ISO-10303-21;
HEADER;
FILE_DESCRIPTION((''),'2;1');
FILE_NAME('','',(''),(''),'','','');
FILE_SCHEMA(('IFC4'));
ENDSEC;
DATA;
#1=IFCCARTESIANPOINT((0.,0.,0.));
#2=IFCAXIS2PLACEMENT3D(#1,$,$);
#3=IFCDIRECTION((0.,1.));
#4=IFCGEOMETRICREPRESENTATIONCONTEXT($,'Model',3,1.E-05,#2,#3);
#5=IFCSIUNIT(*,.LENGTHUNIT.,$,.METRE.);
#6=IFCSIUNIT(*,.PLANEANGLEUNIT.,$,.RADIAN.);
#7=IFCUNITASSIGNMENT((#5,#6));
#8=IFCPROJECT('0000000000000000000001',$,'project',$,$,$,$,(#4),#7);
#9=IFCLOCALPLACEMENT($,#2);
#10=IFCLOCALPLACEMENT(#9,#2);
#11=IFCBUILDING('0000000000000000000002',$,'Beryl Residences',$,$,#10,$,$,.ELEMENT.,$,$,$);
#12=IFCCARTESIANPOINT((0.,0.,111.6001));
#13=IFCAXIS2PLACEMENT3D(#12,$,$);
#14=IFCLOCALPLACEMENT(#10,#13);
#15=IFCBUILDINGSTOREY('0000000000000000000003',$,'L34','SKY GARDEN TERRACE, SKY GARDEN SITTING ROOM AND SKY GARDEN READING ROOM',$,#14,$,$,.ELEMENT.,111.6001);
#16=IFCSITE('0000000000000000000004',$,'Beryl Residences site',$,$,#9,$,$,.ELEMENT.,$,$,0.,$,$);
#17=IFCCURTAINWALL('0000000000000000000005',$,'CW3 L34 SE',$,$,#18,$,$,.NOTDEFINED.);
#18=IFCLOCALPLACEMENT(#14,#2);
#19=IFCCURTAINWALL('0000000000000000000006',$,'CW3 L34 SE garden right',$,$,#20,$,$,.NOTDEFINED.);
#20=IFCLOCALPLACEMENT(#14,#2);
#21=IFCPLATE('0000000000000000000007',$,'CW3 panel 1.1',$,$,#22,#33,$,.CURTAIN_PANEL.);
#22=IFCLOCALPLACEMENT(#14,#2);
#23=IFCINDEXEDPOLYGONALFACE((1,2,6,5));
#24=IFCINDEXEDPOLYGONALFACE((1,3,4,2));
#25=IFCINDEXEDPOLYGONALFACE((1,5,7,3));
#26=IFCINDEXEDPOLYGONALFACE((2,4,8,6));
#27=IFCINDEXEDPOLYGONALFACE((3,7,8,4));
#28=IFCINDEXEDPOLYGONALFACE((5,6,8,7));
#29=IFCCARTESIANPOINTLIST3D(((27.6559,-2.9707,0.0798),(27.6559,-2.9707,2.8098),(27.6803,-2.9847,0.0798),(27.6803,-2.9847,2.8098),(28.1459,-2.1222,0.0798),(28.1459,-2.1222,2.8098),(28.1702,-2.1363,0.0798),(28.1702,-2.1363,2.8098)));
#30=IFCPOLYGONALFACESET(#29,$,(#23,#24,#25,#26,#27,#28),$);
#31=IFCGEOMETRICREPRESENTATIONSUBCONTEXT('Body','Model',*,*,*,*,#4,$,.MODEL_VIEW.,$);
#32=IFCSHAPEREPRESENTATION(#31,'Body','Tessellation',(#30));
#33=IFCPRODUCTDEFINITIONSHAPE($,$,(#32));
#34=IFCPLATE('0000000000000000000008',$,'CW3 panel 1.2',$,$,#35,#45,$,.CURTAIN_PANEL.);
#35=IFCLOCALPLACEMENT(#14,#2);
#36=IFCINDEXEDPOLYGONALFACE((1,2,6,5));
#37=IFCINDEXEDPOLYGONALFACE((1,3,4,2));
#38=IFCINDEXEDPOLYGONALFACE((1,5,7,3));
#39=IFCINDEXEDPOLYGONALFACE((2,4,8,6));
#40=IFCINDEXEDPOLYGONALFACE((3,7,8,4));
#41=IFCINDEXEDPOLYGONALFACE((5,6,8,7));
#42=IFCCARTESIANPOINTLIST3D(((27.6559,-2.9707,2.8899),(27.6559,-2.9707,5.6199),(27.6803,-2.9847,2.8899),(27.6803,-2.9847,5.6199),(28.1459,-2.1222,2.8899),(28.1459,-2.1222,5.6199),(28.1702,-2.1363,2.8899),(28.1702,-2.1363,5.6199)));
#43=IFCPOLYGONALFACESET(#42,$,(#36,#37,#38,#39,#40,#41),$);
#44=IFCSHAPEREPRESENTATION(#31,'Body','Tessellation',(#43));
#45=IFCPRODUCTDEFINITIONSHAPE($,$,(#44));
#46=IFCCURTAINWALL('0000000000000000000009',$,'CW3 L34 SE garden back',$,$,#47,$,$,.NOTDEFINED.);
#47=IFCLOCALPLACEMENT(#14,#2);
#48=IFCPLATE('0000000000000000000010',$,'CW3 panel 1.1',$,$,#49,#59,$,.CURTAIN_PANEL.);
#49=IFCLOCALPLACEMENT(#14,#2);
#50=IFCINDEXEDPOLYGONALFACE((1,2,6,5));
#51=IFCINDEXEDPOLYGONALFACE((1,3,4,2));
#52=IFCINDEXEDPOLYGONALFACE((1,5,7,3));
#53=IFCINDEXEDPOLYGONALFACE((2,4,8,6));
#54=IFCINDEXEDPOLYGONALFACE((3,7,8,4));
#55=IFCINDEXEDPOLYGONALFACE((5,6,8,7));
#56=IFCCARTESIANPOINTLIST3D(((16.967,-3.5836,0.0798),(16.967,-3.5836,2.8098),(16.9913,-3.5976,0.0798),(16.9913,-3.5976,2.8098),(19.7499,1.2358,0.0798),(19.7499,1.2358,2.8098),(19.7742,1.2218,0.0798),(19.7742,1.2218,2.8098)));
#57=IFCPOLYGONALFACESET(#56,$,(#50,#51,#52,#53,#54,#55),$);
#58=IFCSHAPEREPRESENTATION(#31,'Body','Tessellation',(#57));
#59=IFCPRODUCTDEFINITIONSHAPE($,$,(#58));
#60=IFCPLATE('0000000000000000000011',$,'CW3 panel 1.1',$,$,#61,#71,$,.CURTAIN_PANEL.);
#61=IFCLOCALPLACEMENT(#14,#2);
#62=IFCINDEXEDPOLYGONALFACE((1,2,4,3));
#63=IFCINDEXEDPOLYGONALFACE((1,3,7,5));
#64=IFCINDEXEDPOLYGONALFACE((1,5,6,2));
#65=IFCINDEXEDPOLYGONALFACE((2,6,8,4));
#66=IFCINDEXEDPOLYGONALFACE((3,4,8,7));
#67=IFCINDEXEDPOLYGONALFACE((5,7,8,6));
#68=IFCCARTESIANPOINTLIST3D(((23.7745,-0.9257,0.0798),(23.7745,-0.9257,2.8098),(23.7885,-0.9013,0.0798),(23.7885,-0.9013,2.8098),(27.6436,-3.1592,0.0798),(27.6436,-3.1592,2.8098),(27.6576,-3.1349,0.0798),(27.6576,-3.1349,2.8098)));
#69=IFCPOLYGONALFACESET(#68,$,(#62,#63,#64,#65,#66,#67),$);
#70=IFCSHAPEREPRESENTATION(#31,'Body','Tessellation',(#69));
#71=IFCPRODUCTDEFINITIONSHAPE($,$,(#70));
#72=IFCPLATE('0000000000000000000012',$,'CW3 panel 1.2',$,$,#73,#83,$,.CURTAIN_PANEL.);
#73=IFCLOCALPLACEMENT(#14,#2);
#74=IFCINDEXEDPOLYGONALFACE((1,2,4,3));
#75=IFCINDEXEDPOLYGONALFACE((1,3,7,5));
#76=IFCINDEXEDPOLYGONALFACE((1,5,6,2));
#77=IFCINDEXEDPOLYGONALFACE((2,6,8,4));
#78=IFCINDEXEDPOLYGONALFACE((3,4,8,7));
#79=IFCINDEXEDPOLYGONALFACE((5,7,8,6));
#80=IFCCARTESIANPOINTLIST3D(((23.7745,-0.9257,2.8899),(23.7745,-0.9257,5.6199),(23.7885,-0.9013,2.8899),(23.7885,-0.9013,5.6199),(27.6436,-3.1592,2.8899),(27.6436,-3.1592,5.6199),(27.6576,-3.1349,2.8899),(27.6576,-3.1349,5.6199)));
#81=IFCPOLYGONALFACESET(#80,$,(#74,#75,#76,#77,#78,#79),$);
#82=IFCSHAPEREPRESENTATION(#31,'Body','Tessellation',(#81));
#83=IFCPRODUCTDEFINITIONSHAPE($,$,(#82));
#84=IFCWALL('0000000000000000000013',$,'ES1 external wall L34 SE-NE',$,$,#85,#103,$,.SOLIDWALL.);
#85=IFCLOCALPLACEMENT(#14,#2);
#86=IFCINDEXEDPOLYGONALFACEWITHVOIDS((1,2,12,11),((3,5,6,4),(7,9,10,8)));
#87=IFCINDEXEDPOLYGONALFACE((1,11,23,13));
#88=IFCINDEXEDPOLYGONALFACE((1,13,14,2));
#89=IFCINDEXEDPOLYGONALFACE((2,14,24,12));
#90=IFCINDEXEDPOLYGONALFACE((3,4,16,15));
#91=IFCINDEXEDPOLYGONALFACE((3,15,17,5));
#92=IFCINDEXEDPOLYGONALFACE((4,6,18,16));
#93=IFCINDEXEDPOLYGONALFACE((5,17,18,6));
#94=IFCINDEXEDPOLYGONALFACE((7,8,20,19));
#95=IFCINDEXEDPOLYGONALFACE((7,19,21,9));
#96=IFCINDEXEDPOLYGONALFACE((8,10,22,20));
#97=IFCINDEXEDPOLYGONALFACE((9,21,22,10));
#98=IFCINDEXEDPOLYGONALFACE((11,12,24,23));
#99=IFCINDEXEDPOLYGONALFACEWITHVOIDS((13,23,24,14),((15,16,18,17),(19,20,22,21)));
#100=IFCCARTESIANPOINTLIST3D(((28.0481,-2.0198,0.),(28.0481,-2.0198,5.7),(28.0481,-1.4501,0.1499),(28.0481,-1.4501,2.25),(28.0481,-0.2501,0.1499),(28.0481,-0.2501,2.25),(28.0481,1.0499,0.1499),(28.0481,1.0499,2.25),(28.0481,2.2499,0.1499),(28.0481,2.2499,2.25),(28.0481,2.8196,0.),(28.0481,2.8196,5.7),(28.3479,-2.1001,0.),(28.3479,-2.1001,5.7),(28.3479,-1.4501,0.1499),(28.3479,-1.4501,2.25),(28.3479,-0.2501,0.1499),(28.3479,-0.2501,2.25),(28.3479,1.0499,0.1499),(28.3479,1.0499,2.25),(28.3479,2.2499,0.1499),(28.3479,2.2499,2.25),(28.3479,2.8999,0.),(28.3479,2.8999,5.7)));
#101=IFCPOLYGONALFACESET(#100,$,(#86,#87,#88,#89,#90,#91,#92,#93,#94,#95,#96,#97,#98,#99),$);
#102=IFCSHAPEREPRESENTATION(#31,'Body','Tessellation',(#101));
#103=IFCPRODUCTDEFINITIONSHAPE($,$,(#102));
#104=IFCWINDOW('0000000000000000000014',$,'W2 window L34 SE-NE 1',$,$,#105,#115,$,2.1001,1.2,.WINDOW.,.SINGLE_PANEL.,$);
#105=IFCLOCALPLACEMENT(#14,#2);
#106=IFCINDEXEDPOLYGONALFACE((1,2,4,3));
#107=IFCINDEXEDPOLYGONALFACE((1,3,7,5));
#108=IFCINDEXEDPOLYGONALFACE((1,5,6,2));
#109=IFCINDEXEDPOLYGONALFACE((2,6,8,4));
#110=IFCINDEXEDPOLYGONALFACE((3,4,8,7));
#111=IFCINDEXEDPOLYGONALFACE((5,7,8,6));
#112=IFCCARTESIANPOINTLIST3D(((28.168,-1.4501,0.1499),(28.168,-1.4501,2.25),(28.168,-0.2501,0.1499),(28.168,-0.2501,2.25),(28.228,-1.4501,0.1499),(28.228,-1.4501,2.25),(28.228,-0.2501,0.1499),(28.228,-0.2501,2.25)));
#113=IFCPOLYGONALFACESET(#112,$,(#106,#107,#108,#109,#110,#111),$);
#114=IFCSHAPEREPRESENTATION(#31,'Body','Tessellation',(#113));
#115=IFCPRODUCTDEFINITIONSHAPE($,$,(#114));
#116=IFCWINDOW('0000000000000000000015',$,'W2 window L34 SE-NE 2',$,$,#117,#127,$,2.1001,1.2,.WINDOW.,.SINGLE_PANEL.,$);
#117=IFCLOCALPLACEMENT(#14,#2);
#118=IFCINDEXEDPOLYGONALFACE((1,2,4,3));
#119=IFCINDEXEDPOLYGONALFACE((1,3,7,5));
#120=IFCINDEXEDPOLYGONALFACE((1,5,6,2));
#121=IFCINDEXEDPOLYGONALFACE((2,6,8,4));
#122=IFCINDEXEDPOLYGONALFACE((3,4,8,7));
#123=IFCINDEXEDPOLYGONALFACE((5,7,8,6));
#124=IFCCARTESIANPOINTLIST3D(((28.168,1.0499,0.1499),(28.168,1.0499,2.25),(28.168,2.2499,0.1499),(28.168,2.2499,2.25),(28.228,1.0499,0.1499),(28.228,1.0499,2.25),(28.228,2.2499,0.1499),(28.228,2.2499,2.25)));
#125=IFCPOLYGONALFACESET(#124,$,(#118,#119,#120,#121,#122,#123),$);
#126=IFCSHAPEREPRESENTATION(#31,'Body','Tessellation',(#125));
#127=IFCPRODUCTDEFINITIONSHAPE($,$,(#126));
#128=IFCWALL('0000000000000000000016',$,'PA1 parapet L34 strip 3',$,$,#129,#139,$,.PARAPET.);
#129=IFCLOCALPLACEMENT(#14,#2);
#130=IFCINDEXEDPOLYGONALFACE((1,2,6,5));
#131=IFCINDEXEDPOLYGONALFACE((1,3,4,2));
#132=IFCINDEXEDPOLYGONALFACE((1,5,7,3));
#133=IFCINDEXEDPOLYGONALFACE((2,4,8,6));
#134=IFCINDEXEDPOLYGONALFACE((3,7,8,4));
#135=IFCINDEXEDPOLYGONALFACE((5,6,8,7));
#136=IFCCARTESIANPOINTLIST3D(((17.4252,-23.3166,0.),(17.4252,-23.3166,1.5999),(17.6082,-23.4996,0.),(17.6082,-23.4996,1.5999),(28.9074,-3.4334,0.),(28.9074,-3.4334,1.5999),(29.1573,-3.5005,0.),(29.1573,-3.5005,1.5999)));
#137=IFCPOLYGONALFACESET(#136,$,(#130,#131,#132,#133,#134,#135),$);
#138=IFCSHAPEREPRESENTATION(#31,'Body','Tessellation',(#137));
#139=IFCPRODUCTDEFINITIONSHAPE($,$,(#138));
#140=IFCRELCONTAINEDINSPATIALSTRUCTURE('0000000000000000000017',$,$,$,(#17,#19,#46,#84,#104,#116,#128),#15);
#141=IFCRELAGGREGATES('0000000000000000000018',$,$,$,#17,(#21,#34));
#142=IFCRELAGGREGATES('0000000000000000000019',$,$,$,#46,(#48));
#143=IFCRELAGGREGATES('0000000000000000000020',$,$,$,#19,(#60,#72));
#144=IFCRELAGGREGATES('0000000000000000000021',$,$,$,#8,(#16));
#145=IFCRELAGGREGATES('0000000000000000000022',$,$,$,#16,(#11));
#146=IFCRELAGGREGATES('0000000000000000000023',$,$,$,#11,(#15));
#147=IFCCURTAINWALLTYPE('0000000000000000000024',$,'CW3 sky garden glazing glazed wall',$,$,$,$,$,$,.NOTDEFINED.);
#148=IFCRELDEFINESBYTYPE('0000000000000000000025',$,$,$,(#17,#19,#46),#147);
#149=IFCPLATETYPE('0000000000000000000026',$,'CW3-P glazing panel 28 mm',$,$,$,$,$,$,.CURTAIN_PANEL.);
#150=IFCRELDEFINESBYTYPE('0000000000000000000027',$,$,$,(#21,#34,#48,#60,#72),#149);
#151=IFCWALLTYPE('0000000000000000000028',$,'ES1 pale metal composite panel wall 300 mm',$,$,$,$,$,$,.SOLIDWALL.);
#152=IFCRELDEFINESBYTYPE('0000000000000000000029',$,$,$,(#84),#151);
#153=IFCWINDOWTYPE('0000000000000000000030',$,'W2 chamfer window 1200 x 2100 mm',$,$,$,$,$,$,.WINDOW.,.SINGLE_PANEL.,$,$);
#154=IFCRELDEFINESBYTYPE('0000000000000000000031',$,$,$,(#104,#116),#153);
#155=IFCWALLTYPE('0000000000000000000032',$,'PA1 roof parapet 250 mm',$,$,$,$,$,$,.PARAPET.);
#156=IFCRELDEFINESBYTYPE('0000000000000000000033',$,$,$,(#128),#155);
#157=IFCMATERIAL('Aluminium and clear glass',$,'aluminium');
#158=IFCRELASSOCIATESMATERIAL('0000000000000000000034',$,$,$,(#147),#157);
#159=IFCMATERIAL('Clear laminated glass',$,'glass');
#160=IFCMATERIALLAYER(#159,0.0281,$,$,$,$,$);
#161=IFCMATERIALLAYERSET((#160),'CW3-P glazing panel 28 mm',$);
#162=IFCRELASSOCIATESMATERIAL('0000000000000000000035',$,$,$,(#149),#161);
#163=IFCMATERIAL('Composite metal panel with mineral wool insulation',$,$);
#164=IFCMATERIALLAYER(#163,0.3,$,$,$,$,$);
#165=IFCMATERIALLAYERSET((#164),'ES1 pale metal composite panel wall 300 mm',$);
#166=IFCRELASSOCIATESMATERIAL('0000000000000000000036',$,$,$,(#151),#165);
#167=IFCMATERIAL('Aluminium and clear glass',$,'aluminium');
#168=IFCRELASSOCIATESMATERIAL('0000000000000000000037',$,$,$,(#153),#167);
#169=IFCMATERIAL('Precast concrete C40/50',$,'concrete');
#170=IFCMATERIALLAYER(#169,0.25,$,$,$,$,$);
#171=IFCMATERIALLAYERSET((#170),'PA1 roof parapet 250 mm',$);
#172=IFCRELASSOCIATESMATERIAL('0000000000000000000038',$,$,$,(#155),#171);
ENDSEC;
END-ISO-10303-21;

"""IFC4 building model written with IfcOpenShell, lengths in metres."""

from ifc_helpers import new_model, si_unit, direction, frame, frame_2d, origin, origin_2d, place, context, subcontext, project, spatial, polyline, rectangle, outline, extrude, material, layer, layer_set, type_object, element, fill, aggregate, save


model = new_model("IFC4")

# Units and contexts
model_context = context("Model", 3, precision=1e-05, world=origin(), true_north=direction((0.0, 1.0)))
body_context = subcontext(model_context, "Body", "Model", "MODEL_VIEW")
ifc_project = project(units=[si_unit("LENGTHUNIT", "METRE"), si_unit("PLANEANGLEUNIT", "RADIAN")], contexts=[model_context])

# Site, building, storey
site_placement = place(None, origin())
site = spatial("IfcSite", under=ifc_project, at=site_placement, Name="Beryl Residences site", CompositionType="ELEMENT", RefElevation=0.0)
building_placement = place(site_placement, origin())
building = spatial("IfcBuilding", under=site, at=building_placement, Name="Beryl Residences", CompositionType="ELEMENT")
storey_placement = place(building_placement, frame((0.0, 0.0, 111.6001)))
storey = spatial("IfcBuildingStorey", under=building, at=storey_placement, Name="L34", Description="SKY GARDEN TERRACE, SKY GARDEN SITTING ROOM AND SKY GARDEN READING ROOM", CompositionType="ELEMENT", Elevation=111.6001)

# Curtain wall
ifc_material_1 = material(Name="Aluminium and clear glass", Category="aluminium")
curtain_wall_type = type_object("IfcCurtainWallType", Name="CW3 sky garden glazing glazed wall", PredefinedType="NOTDEFINED", material=ifc_material_1)
curtain_wall_1_placement = place(storey_placement, origin())
curtain_wall_1 = element("IfcCurtainWall", 1, at=curtain_wall_1_placement, inside=storey, type_object=curtain_wall_type, Name="CW3 L34 SE", PredefinedType="NOTDEFINED")

# Curtain wall
curtain_wall_2_placement = place(storey_placement, origin())
curtain_wall_2 = element("IfcCurtainWall", 2, at=curtain_wall_2_placement, inside=storey, type_object=curtain_wall_type, Name="CW3 L34 SE garden right", PredefinedType="NOTDEFINED")

# Plates
ifc_material_2 = material(Name="Clear laminated glass", Category="glass")
ifc_layer_1 = layer(ifc_material_2, 0.0281)
ifc_layer_set_1 = layer_set([ifc_layer_1], Name="CW3-P glazing panel 28 mm")
plate_type = type_object("IfcPlateType", Name="CW3-P glazing panel 28 mm", PredefinedType="CURTAIN_PANEL", material=ifc_layer_set_1)
plate_1_placement = place(storey_placement, frame((27.9131, -2.5535, 0.0798), z_axis=(0.0, 0.0, 1.0), x_axis=(0.500102, 0.865966, 0.0)))
plate_1 = element("IfcPlate", 3, at=plate_1_placement, type_object=plate_type, Name="CW3 panel 1.1", PredefinedType="CURTAIN_PANEL", context=body_context, shape_type="SweptSolid", body=[
    extrude(rectangle(XDim=0.9797, YDim=0.0281, at=origin_2d()), origin(), (0.0, 0.0, 1.0), 2.73),
])
plate_2_placement = place(storey_placement, frame((27.9131, -2.5535, 2.8899), z_axis=(0.0, 0.0, 1.0), x_axis=(0.500102, 0.865966, 0.0)))
plate_2 = element("IfcPlate", 4, at=plate_2_placement, type_object=plate_type, Name="CW3 panel 1.2", PredefinedType="CURTAIN_PANEL", context=body_context, shape_type="SweptSolid", body=[
    extrude(rectangle(XDim=0.9797, YDim=0.0281, at=origin_2d()), origin(), (0.0, 0.0, 1.0), 2.73),
])
aggregate(curtain_wall_1, [plate_1, plate_2])

# Curtain wall, plate
curtain_wall_3_placement = place(storey_placement, origin())
curtain_wall_3 = element("IfcCurtainWall", 5, at=curtain_wall_3_placement, inside=storey, type_object=curtain_wall_type, Name="CW3 L34 SE garden back", PredefinedType="NOTDEFINED")
plate_3_placement = place(storey_placement, frame((18.3706, -1.1809, 0.0798), z_axis=(0.0, 0.0, 1.0), x_axis=(0.500065, 0.865988, 0.0)))
plate_3 = element("IfcPlate", 6, at=plate_3_placement, type_object=plate_type, Name="CW3 panel 1.1", PredefinedType="CURTAIN_PANEL", context=body_context, shape_type="SweptSolid", body=[
    extrude(rectangle(XDim=5.5652, YDim=0.0281, at=origin_2d()), origin(), (0.0, 0.0, 1.0), 2.73),
])
aggregate(curtain_wall_3, [plate_3])

# Plates
plate_4_placement = place(storey_placement, frame((25.7161, -2.0303, 0.0798), z_axis=(0.0, 0.0, 1.0), x_axis=(-0.866055, 0.499949, 0.0)))
plate_4 = element("IfcPlate", 7, at=plate_4_placement, type_object=plate_type, Name="CW3 panel 1.1", PredefinedType="CURTAIN_PANEL", context=body_context, shape_type="SweptSolid", body=[
    extrude(rectangle(XDim=4.4675, YDim=0.0281, at=origin_2d()), origin(), (0.0, 0.0, 1.0), 2.73),
])
plate_5_placement = place(storey_placement, frame((25.7161, -2.0303, 2.8899), z_axis=(0.0, 0.0, 1.0), x_axis=(-0.866055, 0.499949, 0.0)))
plate_5 = element("IfcPlate", 8, at=plate_5_placement, type_object=plate_type, Name="CW3 panel 1.2", PredefinedType="CURTAIN_PANEL", context=body_context, shape_type="SweptSolid", body=[
    extrude(rectangle(XDim=4.4675, YDim=0.0281, at=origin_2d()), origin(), (0.0, 0.0, 1.0), 2.73),
])
aggregate(curtain_wall_2, [plate_4, plate_5])

# Wall, openings, windows
ifc_material_3 = material(Name="Composite metal panel with mineral wool insulation")
ifc_layer_2 = layer(ifc_material_3, 0.3)
ifc_layer_set_2 = layer_set([ifc_layer_2], Name="ES1 pale metal composite panel wall 300 mm")
wall_type_1 = type_object("IfcWallType", Name="ES1 pale metal composite panel wall 300 mm", PredefinedType="SOLIDWALL", material=ifc_layer_set_2)
wall_1_placement = place(storey_placement, frame((28.198, -2.1001, 0.0), z_axis=(0.0, 0.0, 1.0), x_axis=(0.0, 1.0, 0.0)))
wall_1 = element("IfcWall", 9, at=wall_1_placement, inside=storey, type_object=wall_type_1, Name="ES1 external wall L34 SE-NE", PredefinedType="SOLIDWALL", context=body_context, shape_type="SweptSolid", body=[
    extrude(outline(polyline([(0.0, -0.1499), (5.0, -0.1499), (4.9197, 0.1499), (0.0803, 0.1499), (0.0, -0.1499)])), origin(), (0.0, 0.0, 1.0), 5.7),
])
opening_1_placement = place(wall_1_placement, frame((0.6499, 0.0, 0.1499)))
opening_1 = element("IfcOpeningElement", 10, at=opening_1_placement, cuts=wall_1, PredefinedType="OPENING", context=body_context, shape_type="SweptSolid", body=[
    extrude(rectangle(XDim=1.2, YDim=2.1001, at=frame_2d((0.6001, 1.05))), frame((0.0, 0.1599, 0.0), z_axis=(0.0, -1.0, 0.0), x_axis=(1.0, 0.0, 0.0)), (0.0, 0.0, 1.0), 0.3201),
])
opening_2_placement = place(wall_1_placement, frame((3.1499, 0.0, 0.1499)))
opening_2 = element("IfcOpeningElement", 11, at=opening_2_placement, cuts=wall_1, PredefinedType="OPENING", context=body_context, shape_type="SweptSolid", body=[
    extrude(rectangle(XDim=1.2, YDim=2.1001, at=frame_2d((0.6001, 1.05))), frame((0.0, 0.1599, 0.0), z_axis=(0.0, -1.0, 0.0), x_axis=(1.0, 0.0, 0.0)), (0.0, 0.0, 1.0), 0.3201),
])
ifc_material_4 = material(Name="Aluminium and clear glass", Category="aluminium")
window_type = type_object("IfcWindowType", Name="W2 chamfer window 1200 x 2100 mm", PartitioningType="SINGLE_PANEL", PredefinedType="WINDOW", material=ifc_material_4)
window_1_placement = place(opening_1_placement, origin())
window_1 = element("IfcWindow", 12, at=window_1_placement, inside=storey, type_object=window_type, Name="W2 window L34 SE-NE 1", OverallHeight=2.1001, OverallWidth=1.2, PartitioningType="SINGLE_PANEL", PredefinedType="WINDOW", context=body_context, shape_type="SweptSolid", body=[
    extrude(rectangle(XDim=1.2, YDim=2.1001, at=frame_2d((0.6001, 1.05))), frame((0.0, 0.03, 0.0), z_axis=(0.0, -1.0, 0.0), x_axis=(1.0, 0.0, 0.0)), (0.0, 0.0, 1.0), 0.0601),
])
fill(opening_1, window_1)
window_2_placement = place(opening_2_placement, origin())
window_2 = element("IfcWindow", 13, at=window_2_placement, inside=storey, type_object=window_type, Name="W2 window L34 SE-NE 2", OverallHeight=2.1001, OverallWidth=1.2, PartitioningType="SINGLE_PANEL", PredefinedType="WINDOW", context=body_context, shape_type="SweptSolid", body=[
    extrude(rectangle(XDim=1.2, YDim=2.1001, at=frame_2d((0.6001, 1.05))), frame((0.0, 0.03, 0.0), z_axis=(0.0, -1.0, 0.0), x_axis=(1.0, 0.0, 0.0)), (0.0, 0.0, 1.0), 0.0601),
])
fill(opening_2, window_2)

# Wall
ifc_material_5 = material(Name="Precast concrete C40/50", Category="concrete")
ifc_layer_3 = layer(ifc_material_5, 0.25)
ifc_layer_set_3 = layer_set([ifc_layer_3], Name="PA1 roof parapet 250 mm")
wall_type_2 = type_object("IfcWallType", Name="PA1 roof parapet 250 mm", PredefinedType="PARAPET", material=ifc_layer_set_3)
wall_2_placement = place(storey_placement, frame((29.0491, -3.438, 0.0), z_axis=(0.0, 0.0, 1.0), x_axis=(-0.500085, -0.865976, 0.0)))
element("IfcWall", 14, at=wall_2_placement, inside=storey, type_object=wall_type_2, Name="PA1 parapet L34 strip 3", PredefinedType="PARAPET", context=body_context, shape_type="SweptSolid", body=[
    extrude(outline(polyline([(0.0669, -0.125), (23.0273, -0.125), (23.0942, 0.125), (0.0, 0.125), (0.0669, -0.125)])), origin(), (0.0, 0.0, 1.0), 1.5999),
])

save(model, "model.ifc")
